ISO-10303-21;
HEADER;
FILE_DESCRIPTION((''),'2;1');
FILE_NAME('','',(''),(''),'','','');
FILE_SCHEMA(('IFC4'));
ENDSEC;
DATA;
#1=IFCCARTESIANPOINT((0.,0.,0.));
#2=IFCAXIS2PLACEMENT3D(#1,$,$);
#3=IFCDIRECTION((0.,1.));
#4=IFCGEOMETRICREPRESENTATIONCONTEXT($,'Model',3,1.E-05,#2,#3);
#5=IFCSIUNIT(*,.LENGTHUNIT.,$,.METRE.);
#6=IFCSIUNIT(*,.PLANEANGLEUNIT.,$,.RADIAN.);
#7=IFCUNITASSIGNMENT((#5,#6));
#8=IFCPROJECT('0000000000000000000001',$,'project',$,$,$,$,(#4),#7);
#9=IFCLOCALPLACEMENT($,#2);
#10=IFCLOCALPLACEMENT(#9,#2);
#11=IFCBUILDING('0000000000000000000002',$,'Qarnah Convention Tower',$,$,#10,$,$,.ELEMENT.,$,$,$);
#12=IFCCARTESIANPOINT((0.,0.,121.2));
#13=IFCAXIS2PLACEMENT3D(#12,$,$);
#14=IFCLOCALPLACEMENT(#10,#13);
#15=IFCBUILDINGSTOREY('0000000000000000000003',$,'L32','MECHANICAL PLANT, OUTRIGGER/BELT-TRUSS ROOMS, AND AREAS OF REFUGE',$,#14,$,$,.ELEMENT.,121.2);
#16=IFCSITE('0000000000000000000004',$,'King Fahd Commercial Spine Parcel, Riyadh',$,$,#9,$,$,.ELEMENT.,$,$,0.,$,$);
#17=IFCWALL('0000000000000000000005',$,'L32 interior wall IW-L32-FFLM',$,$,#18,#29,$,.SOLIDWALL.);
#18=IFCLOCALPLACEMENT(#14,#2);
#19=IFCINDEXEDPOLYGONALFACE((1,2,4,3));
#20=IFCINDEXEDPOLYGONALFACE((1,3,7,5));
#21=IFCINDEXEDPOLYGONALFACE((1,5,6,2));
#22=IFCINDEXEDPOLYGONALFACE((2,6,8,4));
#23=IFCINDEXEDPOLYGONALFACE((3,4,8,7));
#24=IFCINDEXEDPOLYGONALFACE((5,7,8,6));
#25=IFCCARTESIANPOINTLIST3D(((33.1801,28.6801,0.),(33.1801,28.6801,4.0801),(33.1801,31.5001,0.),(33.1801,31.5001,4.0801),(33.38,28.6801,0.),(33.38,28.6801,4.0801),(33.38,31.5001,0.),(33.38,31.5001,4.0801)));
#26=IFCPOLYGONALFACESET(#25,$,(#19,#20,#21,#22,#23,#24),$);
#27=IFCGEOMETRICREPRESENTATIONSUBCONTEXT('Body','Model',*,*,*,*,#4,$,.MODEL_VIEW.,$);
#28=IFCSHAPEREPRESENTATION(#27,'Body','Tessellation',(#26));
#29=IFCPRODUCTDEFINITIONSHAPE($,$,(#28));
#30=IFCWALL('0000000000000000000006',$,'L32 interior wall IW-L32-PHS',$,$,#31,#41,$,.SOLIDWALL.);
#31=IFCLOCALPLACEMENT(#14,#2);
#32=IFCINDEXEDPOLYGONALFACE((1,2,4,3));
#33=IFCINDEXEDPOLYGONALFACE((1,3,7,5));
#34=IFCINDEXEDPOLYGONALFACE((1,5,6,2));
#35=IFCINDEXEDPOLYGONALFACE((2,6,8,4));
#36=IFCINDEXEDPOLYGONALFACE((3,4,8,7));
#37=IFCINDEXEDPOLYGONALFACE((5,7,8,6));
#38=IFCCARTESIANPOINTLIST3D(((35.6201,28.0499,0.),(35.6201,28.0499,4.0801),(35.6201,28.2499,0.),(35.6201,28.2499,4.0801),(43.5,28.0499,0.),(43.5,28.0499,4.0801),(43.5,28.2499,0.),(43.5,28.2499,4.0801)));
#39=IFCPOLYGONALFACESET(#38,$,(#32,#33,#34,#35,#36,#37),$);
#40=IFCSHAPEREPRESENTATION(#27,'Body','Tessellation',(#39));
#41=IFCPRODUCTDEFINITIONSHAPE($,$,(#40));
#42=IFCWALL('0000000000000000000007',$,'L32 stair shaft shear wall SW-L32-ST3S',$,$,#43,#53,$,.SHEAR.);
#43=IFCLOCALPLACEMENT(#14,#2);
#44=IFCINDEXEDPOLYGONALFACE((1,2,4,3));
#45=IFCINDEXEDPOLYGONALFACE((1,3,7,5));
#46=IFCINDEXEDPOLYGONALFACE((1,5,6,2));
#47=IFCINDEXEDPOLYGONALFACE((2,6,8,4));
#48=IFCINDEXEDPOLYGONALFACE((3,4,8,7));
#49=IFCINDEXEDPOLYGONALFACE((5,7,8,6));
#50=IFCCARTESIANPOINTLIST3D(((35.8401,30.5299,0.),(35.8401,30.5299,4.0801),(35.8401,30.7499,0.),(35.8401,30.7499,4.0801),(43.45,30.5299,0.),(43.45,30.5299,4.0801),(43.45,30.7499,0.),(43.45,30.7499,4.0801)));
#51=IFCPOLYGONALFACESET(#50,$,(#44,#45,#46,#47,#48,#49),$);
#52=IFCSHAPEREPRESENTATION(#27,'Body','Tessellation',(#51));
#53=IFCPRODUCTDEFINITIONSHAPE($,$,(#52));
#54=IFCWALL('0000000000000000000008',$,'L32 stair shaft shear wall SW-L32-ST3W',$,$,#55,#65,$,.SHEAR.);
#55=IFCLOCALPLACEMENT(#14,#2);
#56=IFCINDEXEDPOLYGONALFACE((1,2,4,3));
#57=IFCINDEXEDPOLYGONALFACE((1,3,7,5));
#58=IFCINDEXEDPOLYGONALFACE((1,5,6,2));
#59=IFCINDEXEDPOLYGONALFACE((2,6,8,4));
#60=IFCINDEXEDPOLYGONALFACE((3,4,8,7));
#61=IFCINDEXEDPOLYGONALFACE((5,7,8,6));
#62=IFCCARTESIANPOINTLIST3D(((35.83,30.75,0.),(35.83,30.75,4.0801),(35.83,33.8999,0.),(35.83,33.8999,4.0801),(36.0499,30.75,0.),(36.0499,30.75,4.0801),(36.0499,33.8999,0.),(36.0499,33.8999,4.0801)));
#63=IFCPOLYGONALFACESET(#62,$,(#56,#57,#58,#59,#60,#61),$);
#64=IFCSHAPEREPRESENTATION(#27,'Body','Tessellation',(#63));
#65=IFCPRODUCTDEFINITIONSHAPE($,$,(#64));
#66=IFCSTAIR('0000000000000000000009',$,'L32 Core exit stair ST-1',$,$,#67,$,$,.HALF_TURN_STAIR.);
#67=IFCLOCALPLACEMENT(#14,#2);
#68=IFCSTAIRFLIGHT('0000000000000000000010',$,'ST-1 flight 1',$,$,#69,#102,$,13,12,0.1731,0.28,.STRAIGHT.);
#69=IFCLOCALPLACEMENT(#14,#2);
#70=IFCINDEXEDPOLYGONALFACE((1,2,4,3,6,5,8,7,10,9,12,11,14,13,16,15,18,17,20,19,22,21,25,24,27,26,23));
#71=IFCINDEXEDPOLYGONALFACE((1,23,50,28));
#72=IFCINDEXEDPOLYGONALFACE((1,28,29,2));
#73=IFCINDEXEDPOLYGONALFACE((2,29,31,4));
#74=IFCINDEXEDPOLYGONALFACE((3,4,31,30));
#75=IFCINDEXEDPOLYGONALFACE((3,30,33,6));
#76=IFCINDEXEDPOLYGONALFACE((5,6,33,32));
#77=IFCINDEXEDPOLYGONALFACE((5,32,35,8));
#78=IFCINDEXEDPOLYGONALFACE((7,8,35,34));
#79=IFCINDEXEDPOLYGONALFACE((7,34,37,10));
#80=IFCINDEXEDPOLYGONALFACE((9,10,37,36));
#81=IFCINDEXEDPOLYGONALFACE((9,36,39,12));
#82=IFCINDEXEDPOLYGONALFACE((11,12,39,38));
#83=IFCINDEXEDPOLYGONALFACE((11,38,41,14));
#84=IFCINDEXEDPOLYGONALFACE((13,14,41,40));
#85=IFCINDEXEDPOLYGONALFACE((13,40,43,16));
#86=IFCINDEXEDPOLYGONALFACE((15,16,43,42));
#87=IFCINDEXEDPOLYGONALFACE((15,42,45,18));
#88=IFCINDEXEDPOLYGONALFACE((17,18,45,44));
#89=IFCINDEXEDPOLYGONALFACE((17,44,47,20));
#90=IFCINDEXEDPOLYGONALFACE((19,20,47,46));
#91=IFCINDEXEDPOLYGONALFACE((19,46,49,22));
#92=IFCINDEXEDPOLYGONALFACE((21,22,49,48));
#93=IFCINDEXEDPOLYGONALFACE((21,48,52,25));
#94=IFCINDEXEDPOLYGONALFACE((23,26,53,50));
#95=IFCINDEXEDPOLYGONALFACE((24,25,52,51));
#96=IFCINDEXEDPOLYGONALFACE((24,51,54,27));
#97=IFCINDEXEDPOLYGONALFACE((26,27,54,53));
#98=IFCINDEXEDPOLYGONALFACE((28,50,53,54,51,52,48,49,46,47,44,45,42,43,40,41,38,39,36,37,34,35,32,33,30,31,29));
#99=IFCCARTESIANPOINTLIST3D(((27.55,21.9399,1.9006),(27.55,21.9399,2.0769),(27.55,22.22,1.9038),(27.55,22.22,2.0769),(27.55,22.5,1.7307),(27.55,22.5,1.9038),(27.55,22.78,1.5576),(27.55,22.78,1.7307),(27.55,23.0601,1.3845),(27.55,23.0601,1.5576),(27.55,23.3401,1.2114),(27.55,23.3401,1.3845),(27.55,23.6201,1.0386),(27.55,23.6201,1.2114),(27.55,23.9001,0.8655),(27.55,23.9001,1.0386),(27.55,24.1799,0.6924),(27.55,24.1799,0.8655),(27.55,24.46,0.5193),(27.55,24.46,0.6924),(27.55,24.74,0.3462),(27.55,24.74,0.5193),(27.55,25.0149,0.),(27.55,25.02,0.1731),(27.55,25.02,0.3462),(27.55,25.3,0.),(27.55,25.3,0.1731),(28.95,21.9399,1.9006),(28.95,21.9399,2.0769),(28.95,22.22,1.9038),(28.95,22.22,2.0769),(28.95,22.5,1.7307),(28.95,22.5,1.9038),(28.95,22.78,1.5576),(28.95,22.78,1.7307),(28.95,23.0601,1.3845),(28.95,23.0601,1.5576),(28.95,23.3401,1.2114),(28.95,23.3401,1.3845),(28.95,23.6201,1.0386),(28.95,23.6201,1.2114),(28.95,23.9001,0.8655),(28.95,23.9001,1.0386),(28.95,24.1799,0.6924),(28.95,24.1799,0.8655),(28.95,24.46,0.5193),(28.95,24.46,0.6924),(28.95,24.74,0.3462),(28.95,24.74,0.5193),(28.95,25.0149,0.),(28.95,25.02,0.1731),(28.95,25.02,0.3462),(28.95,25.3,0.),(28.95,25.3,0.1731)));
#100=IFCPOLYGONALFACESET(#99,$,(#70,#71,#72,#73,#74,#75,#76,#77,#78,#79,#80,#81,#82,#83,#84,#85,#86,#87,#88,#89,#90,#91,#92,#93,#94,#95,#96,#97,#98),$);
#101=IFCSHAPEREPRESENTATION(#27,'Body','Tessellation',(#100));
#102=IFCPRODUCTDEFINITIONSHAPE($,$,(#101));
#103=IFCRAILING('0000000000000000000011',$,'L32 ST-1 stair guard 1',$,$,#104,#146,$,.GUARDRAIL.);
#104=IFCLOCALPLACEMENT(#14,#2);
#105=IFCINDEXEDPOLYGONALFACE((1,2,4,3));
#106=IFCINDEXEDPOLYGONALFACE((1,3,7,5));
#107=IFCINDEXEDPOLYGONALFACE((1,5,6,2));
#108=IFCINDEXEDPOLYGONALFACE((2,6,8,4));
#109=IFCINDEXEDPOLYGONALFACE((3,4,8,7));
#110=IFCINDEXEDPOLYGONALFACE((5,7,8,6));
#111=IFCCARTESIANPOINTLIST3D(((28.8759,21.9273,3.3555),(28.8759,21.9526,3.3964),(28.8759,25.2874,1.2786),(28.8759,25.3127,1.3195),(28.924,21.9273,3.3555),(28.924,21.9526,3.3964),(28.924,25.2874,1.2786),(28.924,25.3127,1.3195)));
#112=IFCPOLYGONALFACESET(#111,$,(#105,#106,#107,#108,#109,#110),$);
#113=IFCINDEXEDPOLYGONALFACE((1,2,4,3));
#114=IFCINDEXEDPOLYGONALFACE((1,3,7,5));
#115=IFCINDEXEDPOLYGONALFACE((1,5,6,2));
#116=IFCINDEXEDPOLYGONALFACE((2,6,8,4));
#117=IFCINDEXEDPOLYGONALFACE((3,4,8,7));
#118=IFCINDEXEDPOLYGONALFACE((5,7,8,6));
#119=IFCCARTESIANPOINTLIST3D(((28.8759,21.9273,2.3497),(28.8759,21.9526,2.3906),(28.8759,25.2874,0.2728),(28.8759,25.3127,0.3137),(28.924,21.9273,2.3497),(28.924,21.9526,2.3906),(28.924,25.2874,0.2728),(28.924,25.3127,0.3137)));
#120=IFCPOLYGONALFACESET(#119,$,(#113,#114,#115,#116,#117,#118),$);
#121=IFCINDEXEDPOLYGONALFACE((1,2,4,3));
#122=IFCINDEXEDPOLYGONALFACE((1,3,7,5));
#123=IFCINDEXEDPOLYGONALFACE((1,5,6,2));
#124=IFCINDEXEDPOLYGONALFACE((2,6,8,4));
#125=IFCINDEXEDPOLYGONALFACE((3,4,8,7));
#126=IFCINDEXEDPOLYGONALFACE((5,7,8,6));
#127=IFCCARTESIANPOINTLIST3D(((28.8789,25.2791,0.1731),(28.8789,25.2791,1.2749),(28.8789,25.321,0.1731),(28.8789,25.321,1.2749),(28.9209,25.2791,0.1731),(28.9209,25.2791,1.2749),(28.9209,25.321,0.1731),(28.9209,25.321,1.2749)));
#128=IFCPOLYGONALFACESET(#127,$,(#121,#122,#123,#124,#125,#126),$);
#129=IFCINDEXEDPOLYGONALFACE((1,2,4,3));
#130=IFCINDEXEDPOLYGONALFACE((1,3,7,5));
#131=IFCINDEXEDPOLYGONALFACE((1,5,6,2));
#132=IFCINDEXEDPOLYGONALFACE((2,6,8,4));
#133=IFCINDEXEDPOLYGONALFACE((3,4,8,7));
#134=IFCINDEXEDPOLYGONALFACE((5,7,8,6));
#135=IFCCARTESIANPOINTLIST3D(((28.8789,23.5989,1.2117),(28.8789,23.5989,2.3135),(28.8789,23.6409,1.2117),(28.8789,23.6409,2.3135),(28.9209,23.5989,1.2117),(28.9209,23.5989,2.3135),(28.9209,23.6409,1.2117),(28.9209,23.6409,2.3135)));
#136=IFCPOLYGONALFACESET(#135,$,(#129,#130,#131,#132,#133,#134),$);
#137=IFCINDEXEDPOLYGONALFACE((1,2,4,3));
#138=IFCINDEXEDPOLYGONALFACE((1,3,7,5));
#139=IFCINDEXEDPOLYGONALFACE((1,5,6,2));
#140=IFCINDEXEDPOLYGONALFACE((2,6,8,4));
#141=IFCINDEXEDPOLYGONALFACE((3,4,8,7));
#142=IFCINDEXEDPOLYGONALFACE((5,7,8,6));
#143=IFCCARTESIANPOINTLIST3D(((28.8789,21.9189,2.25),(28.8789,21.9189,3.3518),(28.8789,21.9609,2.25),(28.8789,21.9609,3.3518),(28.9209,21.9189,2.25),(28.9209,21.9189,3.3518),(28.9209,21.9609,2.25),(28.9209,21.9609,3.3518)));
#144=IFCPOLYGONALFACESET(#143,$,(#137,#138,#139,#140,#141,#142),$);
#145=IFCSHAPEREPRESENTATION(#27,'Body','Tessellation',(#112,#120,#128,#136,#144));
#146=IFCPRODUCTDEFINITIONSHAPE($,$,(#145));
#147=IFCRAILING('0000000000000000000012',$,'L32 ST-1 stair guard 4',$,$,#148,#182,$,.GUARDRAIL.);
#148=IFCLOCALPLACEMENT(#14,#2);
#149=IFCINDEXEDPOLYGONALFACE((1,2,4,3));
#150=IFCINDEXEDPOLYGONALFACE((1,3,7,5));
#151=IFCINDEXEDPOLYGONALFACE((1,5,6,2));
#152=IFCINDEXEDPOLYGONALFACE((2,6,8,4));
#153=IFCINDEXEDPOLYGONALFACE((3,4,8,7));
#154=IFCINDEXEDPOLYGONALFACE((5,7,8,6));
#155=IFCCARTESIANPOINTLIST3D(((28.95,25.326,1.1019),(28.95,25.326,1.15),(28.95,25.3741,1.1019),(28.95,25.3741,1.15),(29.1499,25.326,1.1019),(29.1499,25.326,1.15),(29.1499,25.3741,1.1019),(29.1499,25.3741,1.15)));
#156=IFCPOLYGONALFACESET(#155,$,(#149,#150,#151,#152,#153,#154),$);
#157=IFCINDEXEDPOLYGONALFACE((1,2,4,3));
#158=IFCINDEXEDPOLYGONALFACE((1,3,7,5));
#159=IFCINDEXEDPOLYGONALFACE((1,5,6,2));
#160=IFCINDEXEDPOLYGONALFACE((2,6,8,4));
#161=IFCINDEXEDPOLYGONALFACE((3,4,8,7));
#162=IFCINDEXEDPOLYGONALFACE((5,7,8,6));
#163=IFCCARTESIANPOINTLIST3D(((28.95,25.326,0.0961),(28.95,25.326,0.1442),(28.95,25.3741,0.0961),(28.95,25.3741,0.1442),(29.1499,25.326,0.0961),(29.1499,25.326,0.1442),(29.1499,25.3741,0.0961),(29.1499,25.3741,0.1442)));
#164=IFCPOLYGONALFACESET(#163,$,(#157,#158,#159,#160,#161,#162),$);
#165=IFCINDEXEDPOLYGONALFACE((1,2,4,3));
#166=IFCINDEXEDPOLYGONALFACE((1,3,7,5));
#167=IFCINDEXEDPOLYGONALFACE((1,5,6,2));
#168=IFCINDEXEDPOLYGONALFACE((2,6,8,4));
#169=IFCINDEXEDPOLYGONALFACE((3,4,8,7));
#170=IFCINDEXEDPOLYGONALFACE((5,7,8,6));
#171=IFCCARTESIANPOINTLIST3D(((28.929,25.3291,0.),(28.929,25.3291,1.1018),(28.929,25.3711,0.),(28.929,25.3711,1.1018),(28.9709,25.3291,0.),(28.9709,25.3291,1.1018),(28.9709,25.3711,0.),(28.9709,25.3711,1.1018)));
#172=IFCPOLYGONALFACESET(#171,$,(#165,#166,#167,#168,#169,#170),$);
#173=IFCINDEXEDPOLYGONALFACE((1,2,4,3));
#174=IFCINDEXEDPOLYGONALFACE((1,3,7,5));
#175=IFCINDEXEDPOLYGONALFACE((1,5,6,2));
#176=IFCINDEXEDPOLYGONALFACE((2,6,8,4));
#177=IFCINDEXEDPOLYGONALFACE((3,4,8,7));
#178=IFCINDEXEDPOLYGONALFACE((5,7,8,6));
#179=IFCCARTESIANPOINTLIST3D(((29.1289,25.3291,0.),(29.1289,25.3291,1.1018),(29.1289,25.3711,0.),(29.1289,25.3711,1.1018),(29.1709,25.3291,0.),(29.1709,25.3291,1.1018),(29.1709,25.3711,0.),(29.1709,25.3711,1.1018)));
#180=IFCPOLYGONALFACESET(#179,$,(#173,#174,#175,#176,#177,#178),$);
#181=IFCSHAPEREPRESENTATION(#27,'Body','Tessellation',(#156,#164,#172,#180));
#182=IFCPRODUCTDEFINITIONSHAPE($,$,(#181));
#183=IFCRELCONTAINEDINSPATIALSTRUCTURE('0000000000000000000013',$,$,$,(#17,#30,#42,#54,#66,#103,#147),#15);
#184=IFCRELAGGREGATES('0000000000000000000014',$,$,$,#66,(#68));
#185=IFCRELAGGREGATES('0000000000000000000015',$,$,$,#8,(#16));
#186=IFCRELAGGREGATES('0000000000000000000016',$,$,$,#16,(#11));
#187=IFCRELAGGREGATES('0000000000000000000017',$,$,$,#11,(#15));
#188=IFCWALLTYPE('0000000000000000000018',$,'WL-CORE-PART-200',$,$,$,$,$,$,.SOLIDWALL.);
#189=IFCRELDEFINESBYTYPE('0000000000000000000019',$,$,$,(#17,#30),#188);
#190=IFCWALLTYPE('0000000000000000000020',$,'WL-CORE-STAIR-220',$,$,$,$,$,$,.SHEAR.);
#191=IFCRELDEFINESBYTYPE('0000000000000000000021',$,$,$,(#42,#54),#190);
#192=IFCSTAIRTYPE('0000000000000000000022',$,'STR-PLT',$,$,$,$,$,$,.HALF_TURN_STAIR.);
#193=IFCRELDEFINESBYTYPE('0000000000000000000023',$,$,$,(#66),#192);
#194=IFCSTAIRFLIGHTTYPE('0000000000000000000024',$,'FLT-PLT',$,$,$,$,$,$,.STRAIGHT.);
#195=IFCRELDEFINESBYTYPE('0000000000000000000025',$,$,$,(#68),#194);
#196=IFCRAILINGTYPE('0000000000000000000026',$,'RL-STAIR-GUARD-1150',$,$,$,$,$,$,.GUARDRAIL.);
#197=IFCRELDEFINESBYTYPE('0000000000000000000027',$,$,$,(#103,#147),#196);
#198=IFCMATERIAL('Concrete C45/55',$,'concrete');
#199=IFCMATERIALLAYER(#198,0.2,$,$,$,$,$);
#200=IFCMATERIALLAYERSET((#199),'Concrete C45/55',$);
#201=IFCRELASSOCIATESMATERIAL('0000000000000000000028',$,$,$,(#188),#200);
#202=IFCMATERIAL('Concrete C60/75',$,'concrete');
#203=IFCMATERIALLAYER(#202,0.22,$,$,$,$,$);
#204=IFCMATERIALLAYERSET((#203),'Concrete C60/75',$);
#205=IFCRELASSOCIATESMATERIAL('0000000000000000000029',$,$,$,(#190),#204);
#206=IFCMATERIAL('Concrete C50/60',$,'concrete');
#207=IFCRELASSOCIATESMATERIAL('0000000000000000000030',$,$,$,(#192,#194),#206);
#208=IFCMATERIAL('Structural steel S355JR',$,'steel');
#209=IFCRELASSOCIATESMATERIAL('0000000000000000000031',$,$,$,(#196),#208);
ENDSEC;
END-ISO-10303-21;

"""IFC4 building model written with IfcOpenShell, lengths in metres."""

from ifc_helpers import new_model, si_unit, direction, frame, frame_2d, origin, origin_2d, place, context, subcontext, project, spatial, polyline, rectangle, outline, extrude, material, layer, layer_set, type_object, element, aggregate, save


model = new_model("IFC4")

# Units and contexts
model_context = context("Model", 3, precision=1e-05, world=origin(), true_north=direction((0.0, 1.0)))
body_context = subcontext(model_context, "Body", "Model", "MODEL_VIEW")
ifc_project = project(units=[si_unit("LENGTHUNIT", "METRE"), si_unit("PLANEANGLEUNIT", "RADIAN")], contexts=[model_context])

# Site, building, storey
site_placement = place(None, origin())
site = spatial("IfcSite", under=ifc_project, at=site_placement, Name="King Fahd Commercial Spine Parcel, Riyadh", CompositionType="ELEMENT", RefElevation=0.0)
building_placement = place(site_placement, origin())
building = spatial("IfcBuilding", under=site, at=building_placement, Name="Qarnah Convention Tower", CompositionType="ELEMENT")
storey_placement = place(building_placement, frame((0.0, 0.0, 121.2)))
storey = spatial("IfcBuildingStorey", under=building, at=storey_placement, Name="L32", Description="MECHANICAL PLANT, OUTRIGGER/BELT-TRUSS ROOMS, AND AREAS OF REFUGE", CompositionType="ELEMENT", Elevation=121.2)

# Shared definitions
ifc_material_1 = material(Name="Concrete C45/55", Category="concrete")
ifc_layer_1 = layer(ifc_material_1, 0.2)
ifc_layer_set_1 = layer_set([ifc_layer_1], Name="Concrete C45/55")
wall_type_1 = type_object("IfcWallType", Name="WL-CORE-PART-200", PredefinedType="SOLIDWALL", material=ifc_layer_set_1)
ifc_material_2 = material(Name="Structural steel S355JR", Category="steel")

# Wall
wall_1_placement = place(storey_placement, frame((33.28, 28.6799, 0.0), z_axis=(0.0, 0.0, 1.0), x_axis=(0.0, 1.0, 0.0)))
element("IfcWall", 1, at=wall_1_placement, inside=storey, type_object=wall_type_1, Name="L32 interior wall IW-L32-FFLM", PredefinedType="SOLIDWALL", context=body_context, shape_type="SweptSolid", body=[
    extrude(rectangle(XDim=2.8201, YDim=0.2, at=frame_2d((1.4102, 0.0))), origin(), (0.0, 0.0, 1.0), 4.0801),
])

# Wall
wall_2_placement = place(storey_placement, frame((35.6201, 28.1499, 0.0), z_axis=(0.0, 0.0, 1.0), x_axis=(1.0, 0.0, 0.0)))
element("IfcWall", 2, at=wall_2_placement, inside=storey, type_object=wall_type_1, Name="L32 interior wall IW-L32-PHS", PredefinedType="SOLIDWALL", context=body_context, shape_type="SweptSolid", body=[
    extrude(rectangle(XDim=7.8799, YDim=0.2, at=frame_2d((3.9399, 0.0))), origin(), (0.0, 0.0, 1.0), 4.0801),
])

# Walls
ifc_material_3 = material(Name="Concrete C60/75", Category="concrete")
ifc_layer_2 = layer(ifc_material_3, 0.22)
ifc_layer_set_2 = layer_set([ifc_layer_2], Name="Concrete C60/75")
wall_type_2 = type_object("IfcWallType", Name="WL-CORE-STAIR-220", PredefinedType="SHEAR", material=ifc_layer_set_2)
wall_3_placement = place(storey_placement, frame((35.8401, 30.6399, 0.0), z_axis=(0.0, 0.0, 1.0), x_axis=(1.0, 0.0, 0.0)))
element("IfcWall", 3, at=wall_3_placement, inside=storey, type_object=wall_type_2, Name="L32 stair shaft shear wall SW-L32-ST3S", PredefinedType="SHEAR", context=body_context, shape_type="SweptSolid", body=[
    extrude(rectangle(XDim=7.6099, YDim=0.22, at=frame_2d((3.8049, 0.0))), origin(), (0.0, 0.0, 1.0), 4.0801),
])
wall_4_placement = place(storey_placement, frame((35.9399, 30.75, 0.0), z_axis=(0.0, 0.0, 1.0), x_axis=(0.0, 1.0, 0.0)))
element("IfcWall", 4, at=wall_4_placement, inside=storey, type_object=wall_type_2, Name="L32 stair shaft shear wall SW-L32-ST3W", PredefinedType="SHEAR", context=body_context, shape_type="SweptSolid", body=[
    extrude(rectangle(XDim=3.1499, YDim=0.22, at=frame_2d((1.575, 0.0))), origin(), (0.0, 0.0, 1.0), 4.0801),
])

# Stair, stair flight
ifc_material_4 = material(Name="Concrete C50/60", Category="concrete")
stair_type = type_object("IfcStairType", Name="STR-PLT", PredefinedType="HALF_TURN_STAIR", material=ifc_material_4)
stair_placement = place(storey_placement, origin())
stair = element("IfcStair", 5, at=stair_placement, inside=storey, type_object=stair_type, Name="L32 Core exit stair ST-1", PredefinedType="HALF_TURN_STAIR")
stair_flight_type = type_object("IfcStairFlightType", Name="FLT-PLT", PredefinedType="STRAIGHT", material=ifc_material_4)
stair_flight_placement = place(storey_placement, frame((28.25, 25.3, 0.0), z_axis=(0.0, 0.0, 1.0), x_axis=(0.0, -1.0, 0.0)))
stair_flight = element("IfcStairFlight", 6, at=stair_flight_placement, type_object=stair_flight_type, Name="ST-1 flight 1", NumberOfRisers=13, NumberOfTreads=12, PredefinedType="STRAIGHT", RiserHeight=0.1731, TreadLength=0.28, context=body_context, shape_type="SweptSolid", body=[
    extrude(outline(polyline([(0.0, 0.0), (0.0, 0.1731), (0.28, 0.1731), (0.28, 0.3462), (0.5601, 0.3462), (0.5601, 0.5193), (0.8401, 0.5193), (0.8401, 0.6924), (1.1201, 0.6924), (1.1201, 0.8655), (1.3999, 0.8655), (1.3999, 1.0386), (1.6799, 1.0386), (1.6799, 1.2114), (1.96, 1.2114), (1.96, 1.3845), (2.24, 1.3845), (2.24, 1.5576), (2.52, 1.5576), (2.52, 1.7307), (2.8, 1.7307), (2.8, 1.9038), (3.0801, 1.9038), (3.0801, 2.0769), (3.3601, 2.0769), (3.3601, 2.25), (3.3601, 1.9006), (0.2852, 0.0), (0.0, 0.0)])), frame((0.0, 0.7, 0.0), z_axis=(0.0, -1.0, 0.0), x_axis=(1.0, 0.0, 0.0)), (0.0, 0.0, 1.0), 1.3999),
])
aggregate(stair, [stair_flight])

# Railings
railing_type_1 = type_object("IfcRailingType", Name="RL-STAIR-GUARD-1150", PredefinedType="GUARDRAIL", material=ifc_material_2)
railing_1_placement = place(storey_placement, frame((28.8999, 25.3, 0.1731)))
element("IfcRailing", 7, at=railing_1_placement, inside=storey, type_object=railing_type_1, Name="L32 ST-1 stair guard 1", PredefinedType="GUARDRAIL", context=body_context, shape_type="SweptSolid", body=[
    extrude(rectangle(XDim=0.0481, YDim=0.0481, at=origin_2d()), frame((0.0, 0.0, 1.126), z_axis=(0.0, -0.850623, 0.525776), x_axis=(1.0, 0.0, 0.0)), (0.0, 0.0, 1.0), 3.9502),
    extrude(rectangle(XDim=0.0481, YDim=0.0481, at=origin_2d()), frame((0.0, 0.0, 0.1201), z_axis=(0.0, -0.850623, 0.525776), x_axis=(1.0, 0.0, 0.0)), (0.0, 0.0, 1.0), 3.9502),
    extrude(rectangle(XDim=0.042, YDim=0.042, at=origin_2d()), origin(), (0.0, 0.0, 1.0), 1.1018),
    extrude(rectangle(XDim=0.042, YDim=0.042, at=origin_2d()), frame((0.0, -1.6802, 1.0386)), (0.0, 0.0, 1.0), 1.1018),
    extrude(rectangle(XDim=0.042, YDim=0.042, at=origin_2d()), frame((0.0, -3.3601, 2.0769)), (0.0, 0.0, 1.0), 1.1018),
])
railing_2_placement = place(storey_placement, frame((28.95, 25.3501, 0.0)))
element("IfcRailing", 8, at=railing_2_placement, inside=storey, type_object=railing_type_1, Name="L32 ST-1 stair guard 4", PredefinedType="GUARDRAIL", context=body_context, shape_type="SweptSolid", body=[
    extrude(rectangle(XDim=0.0481, YDim=0.0481, at=origin_2d()), frame((0.0, 0.0, 1.126), z_axis=(1.0, 0.0, 0.0), x_axis=(0.0, 1.0, 0.0)), (0.0, 0.0, 1.0), 0.2),
    extrude(rectangle(XDim=0.0481, YDim=0.0481, at=origin_2d()), frame((0.0, 0.0, 0.1201), z_axis=(1.0, 0.0, 0.0), x_axis=(0.0, 1.0, 0.0)), (0.0, 0.0, 1.0), 0.2),
    extrude(rectangle(XDim=0.042, YDim=0.042, at=origin_2d()), origin(), (0.0, 0.0, 1.0), 1.1018),
    extrude(rectangle(XDim=0.042, YDim=0.042, at=origin_2d()), frame((0.2, 0.0, 0.0)), (0.0, 0.0, 1.0), 1.1018),
])

save(model, "model.ifc")
